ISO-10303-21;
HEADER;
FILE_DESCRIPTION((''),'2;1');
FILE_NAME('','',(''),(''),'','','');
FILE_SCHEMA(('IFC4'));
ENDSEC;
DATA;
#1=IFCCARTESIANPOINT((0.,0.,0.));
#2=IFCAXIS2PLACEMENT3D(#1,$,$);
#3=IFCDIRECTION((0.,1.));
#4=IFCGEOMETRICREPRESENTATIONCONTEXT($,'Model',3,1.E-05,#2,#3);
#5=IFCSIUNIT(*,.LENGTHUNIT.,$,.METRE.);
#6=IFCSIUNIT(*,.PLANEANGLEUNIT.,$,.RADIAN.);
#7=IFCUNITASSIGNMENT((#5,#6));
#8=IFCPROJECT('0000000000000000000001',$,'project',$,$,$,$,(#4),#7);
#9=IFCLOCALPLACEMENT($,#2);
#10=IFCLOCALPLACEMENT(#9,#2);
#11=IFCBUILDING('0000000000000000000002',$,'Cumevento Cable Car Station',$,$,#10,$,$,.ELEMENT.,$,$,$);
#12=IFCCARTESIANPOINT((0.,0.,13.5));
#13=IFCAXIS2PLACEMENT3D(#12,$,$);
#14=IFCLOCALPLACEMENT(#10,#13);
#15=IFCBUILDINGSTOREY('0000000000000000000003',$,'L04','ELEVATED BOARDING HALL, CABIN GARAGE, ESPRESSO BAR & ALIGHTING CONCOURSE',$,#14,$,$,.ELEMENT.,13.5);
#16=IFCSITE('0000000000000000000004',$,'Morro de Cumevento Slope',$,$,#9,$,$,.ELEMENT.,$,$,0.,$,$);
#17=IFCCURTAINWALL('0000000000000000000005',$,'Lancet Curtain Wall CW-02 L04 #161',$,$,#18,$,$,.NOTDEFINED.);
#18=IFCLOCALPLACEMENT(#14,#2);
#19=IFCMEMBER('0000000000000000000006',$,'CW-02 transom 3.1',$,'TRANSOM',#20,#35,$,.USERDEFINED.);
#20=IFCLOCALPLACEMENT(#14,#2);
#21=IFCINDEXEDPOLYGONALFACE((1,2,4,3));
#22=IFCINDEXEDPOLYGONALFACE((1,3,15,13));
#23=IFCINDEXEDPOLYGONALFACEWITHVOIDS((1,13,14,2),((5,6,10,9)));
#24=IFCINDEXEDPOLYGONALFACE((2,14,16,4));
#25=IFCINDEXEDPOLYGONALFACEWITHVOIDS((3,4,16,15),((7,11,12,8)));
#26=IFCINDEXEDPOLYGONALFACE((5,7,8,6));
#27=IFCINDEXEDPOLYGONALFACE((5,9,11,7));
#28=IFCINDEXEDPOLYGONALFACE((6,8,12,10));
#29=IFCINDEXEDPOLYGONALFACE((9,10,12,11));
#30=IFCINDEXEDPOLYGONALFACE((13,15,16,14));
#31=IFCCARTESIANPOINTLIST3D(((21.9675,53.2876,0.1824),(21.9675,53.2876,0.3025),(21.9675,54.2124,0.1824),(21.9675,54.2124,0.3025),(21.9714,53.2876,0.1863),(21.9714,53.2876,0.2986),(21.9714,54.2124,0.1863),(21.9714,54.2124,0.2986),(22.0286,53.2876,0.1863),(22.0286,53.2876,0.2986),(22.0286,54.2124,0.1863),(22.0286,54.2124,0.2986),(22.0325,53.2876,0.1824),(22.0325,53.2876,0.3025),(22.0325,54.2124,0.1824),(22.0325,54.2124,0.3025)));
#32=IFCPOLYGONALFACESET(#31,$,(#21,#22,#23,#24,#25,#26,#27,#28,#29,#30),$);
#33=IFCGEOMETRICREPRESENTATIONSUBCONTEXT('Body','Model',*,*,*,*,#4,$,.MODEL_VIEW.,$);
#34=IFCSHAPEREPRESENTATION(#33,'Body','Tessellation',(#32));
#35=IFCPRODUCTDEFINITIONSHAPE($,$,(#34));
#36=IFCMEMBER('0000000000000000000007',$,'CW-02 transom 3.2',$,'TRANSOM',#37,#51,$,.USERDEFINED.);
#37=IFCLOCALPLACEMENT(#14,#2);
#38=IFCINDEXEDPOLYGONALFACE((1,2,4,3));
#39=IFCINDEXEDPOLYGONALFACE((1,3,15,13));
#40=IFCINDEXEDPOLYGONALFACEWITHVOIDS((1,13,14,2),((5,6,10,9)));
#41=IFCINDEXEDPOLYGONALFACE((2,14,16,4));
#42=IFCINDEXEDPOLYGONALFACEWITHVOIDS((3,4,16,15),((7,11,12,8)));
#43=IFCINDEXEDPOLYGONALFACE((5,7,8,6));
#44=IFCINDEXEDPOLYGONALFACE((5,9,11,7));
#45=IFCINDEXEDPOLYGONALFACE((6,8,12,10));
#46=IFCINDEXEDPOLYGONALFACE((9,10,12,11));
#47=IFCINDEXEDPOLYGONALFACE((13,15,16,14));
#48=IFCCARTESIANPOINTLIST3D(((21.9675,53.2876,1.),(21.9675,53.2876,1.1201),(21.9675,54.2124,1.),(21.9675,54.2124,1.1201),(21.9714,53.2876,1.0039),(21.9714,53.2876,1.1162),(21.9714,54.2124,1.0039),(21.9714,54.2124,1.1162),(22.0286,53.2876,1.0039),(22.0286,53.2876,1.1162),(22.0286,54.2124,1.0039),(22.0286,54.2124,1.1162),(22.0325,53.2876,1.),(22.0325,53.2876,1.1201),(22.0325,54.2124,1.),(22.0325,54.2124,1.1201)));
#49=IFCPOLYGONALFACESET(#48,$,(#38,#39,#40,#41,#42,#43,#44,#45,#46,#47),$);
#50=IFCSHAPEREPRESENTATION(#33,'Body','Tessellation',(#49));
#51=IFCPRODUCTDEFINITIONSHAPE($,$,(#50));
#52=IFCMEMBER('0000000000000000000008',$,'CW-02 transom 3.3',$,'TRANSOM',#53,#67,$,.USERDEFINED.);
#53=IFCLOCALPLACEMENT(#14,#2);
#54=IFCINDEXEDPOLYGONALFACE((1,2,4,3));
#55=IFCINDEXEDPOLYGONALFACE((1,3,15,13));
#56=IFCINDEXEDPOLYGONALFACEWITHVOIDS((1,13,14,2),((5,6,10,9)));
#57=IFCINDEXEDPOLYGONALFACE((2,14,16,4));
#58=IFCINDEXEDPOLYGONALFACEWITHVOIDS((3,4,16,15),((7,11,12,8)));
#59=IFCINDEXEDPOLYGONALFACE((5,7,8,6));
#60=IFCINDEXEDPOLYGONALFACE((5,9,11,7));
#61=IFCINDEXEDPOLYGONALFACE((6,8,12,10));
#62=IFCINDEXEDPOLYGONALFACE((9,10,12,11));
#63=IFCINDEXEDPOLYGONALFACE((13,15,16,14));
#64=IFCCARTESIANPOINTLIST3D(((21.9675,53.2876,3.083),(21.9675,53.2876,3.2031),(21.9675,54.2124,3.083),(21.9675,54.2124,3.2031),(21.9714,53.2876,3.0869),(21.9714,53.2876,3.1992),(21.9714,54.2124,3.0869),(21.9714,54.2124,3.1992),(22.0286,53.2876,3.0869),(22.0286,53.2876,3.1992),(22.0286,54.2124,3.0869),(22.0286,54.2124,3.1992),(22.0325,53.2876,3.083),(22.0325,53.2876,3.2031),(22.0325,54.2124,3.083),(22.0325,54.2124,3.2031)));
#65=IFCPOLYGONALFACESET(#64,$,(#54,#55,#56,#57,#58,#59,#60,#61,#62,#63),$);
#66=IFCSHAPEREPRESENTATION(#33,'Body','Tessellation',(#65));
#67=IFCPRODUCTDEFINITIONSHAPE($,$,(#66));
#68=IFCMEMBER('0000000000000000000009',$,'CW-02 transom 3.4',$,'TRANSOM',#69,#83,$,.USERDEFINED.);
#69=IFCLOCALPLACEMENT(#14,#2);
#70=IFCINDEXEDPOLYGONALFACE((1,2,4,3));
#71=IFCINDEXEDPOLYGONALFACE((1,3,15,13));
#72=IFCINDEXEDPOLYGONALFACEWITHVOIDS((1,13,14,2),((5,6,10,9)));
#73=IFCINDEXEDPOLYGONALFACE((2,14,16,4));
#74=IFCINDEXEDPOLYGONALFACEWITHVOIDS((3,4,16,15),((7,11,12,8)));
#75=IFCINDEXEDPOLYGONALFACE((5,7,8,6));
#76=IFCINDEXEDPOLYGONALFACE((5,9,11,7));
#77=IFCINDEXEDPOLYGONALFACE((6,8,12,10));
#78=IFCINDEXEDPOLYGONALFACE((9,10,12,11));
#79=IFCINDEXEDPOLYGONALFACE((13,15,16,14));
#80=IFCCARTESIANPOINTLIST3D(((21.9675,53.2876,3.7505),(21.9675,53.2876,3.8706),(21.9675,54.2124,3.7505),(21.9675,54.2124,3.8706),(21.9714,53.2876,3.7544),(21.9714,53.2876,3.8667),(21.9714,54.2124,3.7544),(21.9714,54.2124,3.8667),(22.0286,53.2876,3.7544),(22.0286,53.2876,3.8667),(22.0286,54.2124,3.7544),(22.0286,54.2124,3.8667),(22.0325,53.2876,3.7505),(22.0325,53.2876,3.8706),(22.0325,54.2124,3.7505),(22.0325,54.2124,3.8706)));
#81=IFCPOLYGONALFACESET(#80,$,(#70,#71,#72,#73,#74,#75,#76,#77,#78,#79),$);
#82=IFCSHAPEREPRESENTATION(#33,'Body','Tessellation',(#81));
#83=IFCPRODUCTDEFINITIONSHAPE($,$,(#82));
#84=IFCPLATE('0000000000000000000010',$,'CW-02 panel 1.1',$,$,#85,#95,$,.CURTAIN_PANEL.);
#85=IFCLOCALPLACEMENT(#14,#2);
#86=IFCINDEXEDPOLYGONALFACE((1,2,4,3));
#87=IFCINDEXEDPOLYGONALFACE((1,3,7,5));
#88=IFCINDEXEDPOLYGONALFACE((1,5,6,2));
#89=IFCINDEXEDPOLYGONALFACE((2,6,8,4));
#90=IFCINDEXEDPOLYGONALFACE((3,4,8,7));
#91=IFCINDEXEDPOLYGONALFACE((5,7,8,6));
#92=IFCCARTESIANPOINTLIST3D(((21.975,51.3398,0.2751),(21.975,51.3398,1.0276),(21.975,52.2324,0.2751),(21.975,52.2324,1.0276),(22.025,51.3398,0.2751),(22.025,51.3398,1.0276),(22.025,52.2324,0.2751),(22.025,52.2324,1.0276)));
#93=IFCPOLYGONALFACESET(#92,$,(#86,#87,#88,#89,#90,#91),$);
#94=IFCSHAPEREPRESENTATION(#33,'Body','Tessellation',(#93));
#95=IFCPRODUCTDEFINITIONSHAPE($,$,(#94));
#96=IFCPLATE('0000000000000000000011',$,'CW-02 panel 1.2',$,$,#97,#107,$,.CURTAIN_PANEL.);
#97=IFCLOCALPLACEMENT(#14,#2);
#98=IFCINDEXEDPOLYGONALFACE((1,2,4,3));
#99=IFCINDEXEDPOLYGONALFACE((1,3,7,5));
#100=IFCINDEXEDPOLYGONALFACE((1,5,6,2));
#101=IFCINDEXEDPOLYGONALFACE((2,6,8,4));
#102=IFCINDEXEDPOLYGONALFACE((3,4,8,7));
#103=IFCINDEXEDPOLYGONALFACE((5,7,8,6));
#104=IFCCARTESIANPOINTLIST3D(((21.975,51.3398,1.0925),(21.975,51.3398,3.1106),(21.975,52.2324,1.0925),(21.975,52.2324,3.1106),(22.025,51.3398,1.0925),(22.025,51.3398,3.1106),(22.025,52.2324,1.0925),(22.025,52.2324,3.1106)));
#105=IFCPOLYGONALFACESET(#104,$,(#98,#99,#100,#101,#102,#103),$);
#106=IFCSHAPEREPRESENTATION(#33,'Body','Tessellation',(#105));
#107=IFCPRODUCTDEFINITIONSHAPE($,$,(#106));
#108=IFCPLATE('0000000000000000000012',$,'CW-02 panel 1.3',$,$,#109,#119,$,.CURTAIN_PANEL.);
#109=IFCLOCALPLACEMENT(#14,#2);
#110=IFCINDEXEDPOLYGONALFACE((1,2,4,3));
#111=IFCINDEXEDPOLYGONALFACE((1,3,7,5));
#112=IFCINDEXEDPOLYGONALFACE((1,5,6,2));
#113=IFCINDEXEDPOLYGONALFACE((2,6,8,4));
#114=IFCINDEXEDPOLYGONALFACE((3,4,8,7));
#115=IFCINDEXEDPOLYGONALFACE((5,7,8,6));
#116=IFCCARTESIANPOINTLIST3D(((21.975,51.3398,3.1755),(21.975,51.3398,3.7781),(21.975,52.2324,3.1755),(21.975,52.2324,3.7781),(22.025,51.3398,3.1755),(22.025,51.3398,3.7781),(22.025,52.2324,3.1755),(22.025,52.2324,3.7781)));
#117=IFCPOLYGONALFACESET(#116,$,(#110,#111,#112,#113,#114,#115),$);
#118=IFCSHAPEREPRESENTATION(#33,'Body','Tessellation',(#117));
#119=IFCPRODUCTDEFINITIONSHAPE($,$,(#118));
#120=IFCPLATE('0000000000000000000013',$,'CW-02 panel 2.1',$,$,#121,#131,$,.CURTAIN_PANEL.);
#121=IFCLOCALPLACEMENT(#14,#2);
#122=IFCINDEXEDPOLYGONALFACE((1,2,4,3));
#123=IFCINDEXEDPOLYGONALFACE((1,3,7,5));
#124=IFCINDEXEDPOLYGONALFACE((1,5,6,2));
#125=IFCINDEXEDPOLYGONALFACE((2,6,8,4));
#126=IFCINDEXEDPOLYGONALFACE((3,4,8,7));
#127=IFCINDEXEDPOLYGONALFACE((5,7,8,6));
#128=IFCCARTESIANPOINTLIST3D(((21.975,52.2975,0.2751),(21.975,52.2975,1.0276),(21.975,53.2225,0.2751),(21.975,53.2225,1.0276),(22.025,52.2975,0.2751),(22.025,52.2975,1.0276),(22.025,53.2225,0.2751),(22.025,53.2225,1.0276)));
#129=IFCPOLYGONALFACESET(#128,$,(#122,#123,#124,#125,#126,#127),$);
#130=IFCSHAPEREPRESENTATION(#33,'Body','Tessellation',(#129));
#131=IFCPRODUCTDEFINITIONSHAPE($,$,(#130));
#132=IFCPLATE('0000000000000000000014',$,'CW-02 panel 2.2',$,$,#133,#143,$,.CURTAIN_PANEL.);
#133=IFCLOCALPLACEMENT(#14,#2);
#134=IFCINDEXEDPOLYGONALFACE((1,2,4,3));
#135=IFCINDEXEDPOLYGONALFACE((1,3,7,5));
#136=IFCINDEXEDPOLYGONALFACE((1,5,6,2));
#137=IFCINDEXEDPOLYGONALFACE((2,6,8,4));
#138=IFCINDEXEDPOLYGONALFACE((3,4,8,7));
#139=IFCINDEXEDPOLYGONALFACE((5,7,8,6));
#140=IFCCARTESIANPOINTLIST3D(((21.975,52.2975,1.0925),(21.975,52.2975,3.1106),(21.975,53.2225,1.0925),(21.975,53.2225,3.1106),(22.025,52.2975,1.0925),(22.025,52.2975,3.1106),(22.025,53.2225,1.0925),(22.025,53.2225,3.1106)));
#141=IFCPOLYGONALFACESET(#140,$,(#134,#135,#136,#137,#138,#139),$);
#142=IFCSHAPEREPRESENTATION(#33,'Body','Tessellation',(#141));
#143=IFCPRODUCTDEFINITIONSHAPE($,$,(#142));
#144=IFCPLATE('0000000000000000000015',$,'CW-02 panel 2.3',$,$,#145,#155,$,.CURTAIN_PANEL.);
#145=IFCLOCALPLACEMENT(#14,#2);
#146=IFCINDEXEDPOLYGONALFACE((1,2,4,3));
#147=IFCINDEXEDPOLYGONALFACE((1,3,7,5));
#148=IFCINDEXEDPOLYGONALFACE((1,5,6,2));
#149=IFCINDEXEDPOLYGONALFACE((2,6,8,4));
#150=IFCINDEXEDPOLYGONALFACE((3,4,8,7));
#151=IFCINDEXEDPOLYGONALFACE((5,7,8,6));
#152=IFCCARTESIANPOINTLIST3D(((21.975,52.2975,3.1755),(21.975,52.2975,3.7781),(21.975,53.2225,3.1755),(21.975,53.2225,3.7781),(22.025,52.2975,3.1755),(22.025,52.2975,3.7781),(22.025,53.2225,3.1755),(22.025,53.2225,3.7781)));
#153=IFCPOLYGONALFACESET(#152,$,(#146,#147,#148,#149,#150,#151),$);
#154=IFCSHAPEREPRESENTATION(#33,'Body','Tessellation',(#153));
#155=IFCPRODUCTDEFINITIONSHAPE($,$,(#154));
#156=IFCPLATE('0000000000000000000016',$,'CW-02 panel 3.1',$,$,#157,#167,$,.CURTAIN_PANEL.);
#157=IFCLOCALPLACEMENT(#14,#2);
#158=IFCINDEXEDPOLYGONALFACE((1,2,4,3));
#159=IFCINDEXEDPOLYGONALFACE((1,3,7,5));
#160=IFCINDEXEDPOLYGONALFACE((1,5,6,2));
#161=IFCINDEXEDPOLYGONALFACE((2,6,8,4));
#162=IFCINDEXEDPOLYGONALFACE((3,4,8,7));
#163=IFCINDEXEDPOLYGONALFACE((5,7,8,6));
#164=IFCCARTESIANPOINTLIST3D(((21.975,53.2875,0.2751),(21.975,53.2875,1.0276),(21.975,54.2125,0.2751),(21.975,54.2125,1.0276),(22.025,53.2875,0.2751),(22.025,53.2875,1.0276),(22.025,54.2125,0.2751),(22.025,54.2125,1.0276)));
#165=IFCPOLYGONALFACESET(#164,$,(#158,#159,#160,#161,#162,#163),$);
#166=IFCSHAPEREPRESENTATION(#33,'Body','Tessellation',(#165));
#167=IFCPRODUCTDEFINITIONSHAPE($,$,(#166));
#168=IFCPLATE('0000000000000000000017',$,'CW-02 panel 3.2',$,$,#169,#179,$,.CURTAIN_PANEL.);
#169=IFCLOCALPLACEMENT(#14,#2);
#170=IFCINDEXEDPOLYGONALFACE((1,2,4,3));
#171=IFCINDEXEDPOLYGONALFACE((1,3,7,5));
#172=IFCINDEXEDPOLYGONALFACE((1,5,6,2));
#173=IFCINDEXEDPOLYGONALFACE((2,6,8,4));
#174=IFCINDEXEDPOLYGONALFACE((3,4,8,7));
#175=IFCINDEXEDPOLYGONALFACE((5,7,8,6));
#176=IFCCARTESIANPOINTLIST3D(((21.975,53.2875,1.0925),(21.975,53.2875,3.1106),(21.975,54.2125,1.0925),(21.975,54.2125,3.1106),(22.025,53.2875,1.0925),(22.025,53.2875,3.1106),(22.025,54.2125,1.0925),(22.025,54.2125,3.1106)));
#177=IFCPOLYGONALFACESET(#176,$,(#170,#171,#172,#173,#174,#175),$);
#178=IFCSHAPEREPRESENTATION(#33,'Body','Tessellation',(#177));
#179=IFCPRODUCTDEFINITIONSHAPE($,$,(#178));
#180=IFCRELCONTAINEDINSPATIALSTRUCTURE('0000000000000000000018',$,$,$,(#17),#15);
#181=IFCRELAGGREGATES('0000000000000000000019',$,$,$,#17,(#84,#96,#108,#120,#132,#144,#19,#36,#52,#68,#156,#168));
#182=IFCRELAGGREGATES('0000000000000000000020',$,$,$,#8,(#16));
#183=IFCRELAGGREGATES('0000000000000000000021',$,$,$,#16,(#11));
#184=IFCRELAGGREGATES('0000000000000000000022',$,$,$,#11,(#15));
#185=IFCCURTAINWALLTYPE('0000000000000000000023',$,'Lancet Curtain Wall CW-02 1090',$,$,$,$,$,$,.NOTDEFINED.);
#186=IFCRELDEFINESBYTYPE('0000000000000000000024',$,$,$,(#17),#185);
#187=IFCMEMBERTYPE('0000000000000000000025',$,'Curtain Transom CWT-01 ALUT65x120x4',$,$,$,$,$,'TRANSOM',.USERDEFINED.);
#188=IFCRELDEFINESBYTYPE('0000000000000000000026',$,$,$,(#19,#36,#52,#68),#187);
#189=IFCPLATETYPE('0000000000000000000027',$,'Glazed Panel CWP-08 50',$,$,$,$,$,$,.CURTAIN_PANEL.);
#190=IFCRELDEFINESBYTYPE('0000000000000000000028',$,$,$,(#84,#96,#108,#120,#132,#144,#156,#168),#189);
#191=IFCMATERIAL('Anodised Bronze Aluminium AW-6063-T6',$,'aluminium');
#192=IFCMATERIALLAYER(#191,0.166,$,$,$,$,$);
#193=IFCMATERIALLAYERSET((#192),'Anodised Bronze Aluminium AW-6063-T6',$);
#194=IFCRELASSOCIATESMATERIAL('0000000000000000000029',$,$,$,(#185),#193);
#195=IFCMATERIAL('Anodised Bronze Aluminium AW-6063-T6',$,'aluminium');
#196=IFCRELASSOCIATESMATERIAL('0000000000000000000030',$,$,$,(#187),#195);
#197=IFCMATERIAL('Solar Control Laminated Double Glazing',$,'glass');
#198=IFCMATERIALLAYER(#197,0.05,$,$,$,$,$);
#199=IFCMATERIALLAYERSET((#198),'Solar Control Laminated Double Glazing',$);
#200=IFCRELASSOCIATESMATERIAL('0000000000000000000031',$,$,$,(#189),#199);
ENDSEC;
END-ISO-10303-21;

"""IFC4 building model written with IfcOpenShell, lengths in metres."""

from ifc_helpers import new_model, si_unit, direction, frame, origin, origin_2d, place, context, subcontext, project, spatial, rectangle, hollow_rectangle, extrude, material, layer, layer_set, material_profile, profile_set, type_object, element, aggregate, save


model = new_model("IFC4")

# Units and contexts
model_context = context("Model", 3, precision=1e-05, world=origin(), true_north=direction((0.0, 1.0)))
body_context = subcontext(model_context, "Body", "Model", "MODEL_VIEW")
ifc_project = project(units=[si_unit("LENGTHUNIT", "METRE"), si_unit("PLANEANGLEUNIT", "RADIAN")], contexts=[model_context])

# Site, building, storey
site_placement = place(None, origin())
site = spatial("IfcSite", under=ifc_project, at=site_placement, Name="Morro de Cumevento Slope", CompositionType="ELEMENT", RefElevation=0.0)
building_placement = place(site_placement, origin())
building = spatial("IfcBuilding", under=site, at=building_placement, Name="Cumevento Cable Car Station", CompositionType="ELEMENT")
storey_placement = place(building_placement, frame((0.0, 0.0, 13.5)))
storey = spatial("IfcBuildingStorey", under=building, at=storey_placement, Name="L04", Description="ELEVATED BOARDING HALL, CABIN GARAGE, ESPRESSO BAR & ALIGHTING CONCOURSE", CompositionType="ELEMENT", Elevation=13.5)

# Curtain wall, members, plates
ifc_material_1 = material(Name="Anodised Bronze Aluminium AW-6063-T6", Category="aluminium")
ifc_layer_1 = layer(ifc_material_1, 0.166)
ifc_layer_set_1 = layer_set([ifc_layer_1], Name="Anodised Bronze Aluminium AW-6063-T6")
curtain_wall_type = type_object("IfcCurtainWallType", Name="Lancet Curtain Wall CW-02 1090", PredefinedType="NOTDEFINED", material=ifc_layer_set_1)
curtain_wall_placement = place(storey_placement, origin())
curtain_wall = element("IfcCurtainWall", 1, at=curtain_wall_placement, inside=storey, type_object=curtain_wall_type, Name="Lancet Curtain Wall CW-02 L04 #161", PredefinedType="NOTDEFINED")
ifc_material_2 = material(Name="Anodised Bronze Aluminium AW-6063-T6", Category="aluminium")
ifc_material_profile_1 = material_profile(ifc_material_2, hollow_rectangle(XDim=0.0649, YDim=0.1201, WallThickness=0.0039, at=origin_2d()), Name="ALUT65x120x4")
ifc_profile_set_1 = profile_set([ifc_material_profile_1], Name="Anodised Bronze Aluminium AW-6063-T6")
member_type_1 = type_object("IfcMemberType", Name="Curtain Transom CWT-01 ALUT65x120x4", ElementType="TRANSOM", PredefinedType="USERDEFINED", material=ifc_profile_set_1)
member_1_placement = place(storey_placement, frame((22.0, 53.2876, 0.2424), z_axis=(0.0, 1.0, 0.0), x_axis=(-1.0, 0.0, 0.0)))
member_1 = element("IfcMember", 2, at=member_1_placement, type_object=member_type_1, Name="CW-02 transom 3.1", ObjectType="TRANSOM", PredefinedType="USERDEFINED", context=body_context, shape_type="SweptSolid", body=[
    extrude(hollow_rectangle(XDim=0.0649, YDim=0.1201, WallThickness=0.0039, at=origin_2d()), origin(), (0.0, 0.0, 1.0), 0.9248),
])
member_2_placement = place(storey_placement, frame((22.0, 53.2876, 1.0601), z_axis=(0.0, 1.0, 0.0), x_axis=(-1.0, 0.0, 0.0)))
member_2 = element("IfcMember", 3, at=member_2_placement, type_object=member_type_1, Name="CW-02 transom 3.2", ObjectType="TRANSOM", PredefinedType="USERDEFINED", context=body_context, shape_type="SweptSolid", body=[
    extrude(hollow_rectangle(XDim=0.0649, YDim=0.1201, WallThickness=0.0039, at=origin_2d()), origin(), (0.0, 0.0, 1.0), 0.9248),
])
member_3_placement = place(storey_placement, frame((22.0, 53.2876, 3.1431), z_axis=(0.0, 1.0, 0.0), x_axis=(-1.0, 0.0, 0.0)))
member_3 = element("IfcMember", 4, at=member_3_placement, type_object=member_type_1, Name="CW-02 transom 3.3", ObjectType="TRANSOM", PredefinedType="USERDEFINED", context=body_context, shape_type="SweptSolid", body=[
    extrude(hollow_rectangle(XDim=0.0649, YDim=0.1201, WallThickness=0.0039, at=origin_2d()), origin(), (0.0, 0.0, 1.0), 0.9248),
])
member_4_placement = place(storey_placement, frame((22.0, 53.2876, 3.8105), z_axis=(0.0, 1.0, 0.0), x_axis=(-1.0, 0.0, 0.0)))
member_4 = element("IfcMember", 5, at=member_4_placement, type_object=member_type_1, Name="CW-02 transom 3.4", ObjectType="TRANSOM", PredefinedType="USERDEFINED", context=body_context, shape_type="SweptSolid", body=[
    extrude(hollow_rectangle(XDim=0.0649, YDim=0.1201, WallThickness=0.0039, at=origin_2d()), origin(), (0.0, 0.0, 1.0), 0.9248),
])
ifc_material_3 = material(Name="Solar Control Laminated Double Glazing", Category="glass")
ifc_layer_2 = layer(ifc_material_3, 0.05)
ifc_layer_set_2 = layer_set([ifc_layer_2], Name="Solar Control Laminated Double Glazing")
plate_type = type_object("IfcPlateType", Name="Glazed Panel CWP-08 50", PredefinedType="CURTAIN_PANEL", material=ifc_layer_set_2)
plate_1_placement = place(storey_placement, frame((22.0, 51.7861, 0.2751), z_axis=(0.0, 0.0, 1.0), x_axis=(0.0, 1.0, 0.0)))
plate_1 = element("IfcPlate", 6, at=plate_1_placement, type_object=plate_type, Name="CW-02 panel 1.1", PredefinedType="CURTAIN_PANEL", context=body_context, shape_type="SweptSolid", body=[
    extrude(rectangle(XDim=0.8926, YDim=0.05, at=origin_2d()), origin(), (0.0, 0.0, 1.0), 0.7524),
])
plate_2_placement = place(storey_placement, frame((22.0, 51.7861, 1.0925), z_axis=(0.0, 0.0, 1.0), x_axis=(0.0, 1.0, 0.0)))
plate_2 = element("IfcPlate", 7, at=plate_2_placement, type_object=plate_type, Name="CW-02 panel 1.2", PredefinedType="CURTAIN_PANEL", context=body_context, shape_type="SweptSolid", body=[
    extrude(rectangle(XDim=0.8926, YDim=0.05, at=origin_2d()), origin(), (0.0, 0.0, 1.0), 2.0181),
])
plate_3_placement = place(storey_placement, frame((22.0, 51.7861, 3.1755), z_axis=(0.0, 0.0, 1.0), x_axis=(0.0, 1.0, 0.0)))
plate_3 = element("IfcPlate", 8, at=plate_3_placement, type_object=plate_type, Name="CW-02 panel 1.3", PredefinedType="CURTAIN_PANEL", context=body_context, shape_type="SweptSolid", body=[
    extrude(rectangle(XDim=0.8926, YDim=0.05, at=origin_2d()), origin(), (0.0, 0.0, 1.0), 0.6025),
])
plate_4_placement = place(storey_placement, frame((22.0, 52.76, 0.2751), z_axis=(0.0, 0.0, 1.0), x_axis=(0.0, 1.0, 0.0)))
plate_4 = element("IfcPlate", 9, at=plate_4_placement, type_object=plate_type, Name="CW-02 panel 2.1", PredefinedType="CURTAIN_PANEL", context=body_context, shape_type="SweptSolid", body=[
    extrude(rectangle(XDim=0.925, YDim=0.05, at=origin_2d()), origin(), (0.0, 0.0, 1.0), 0.7524),
])
plate_5_placement = place(storey_placement, frame((22.0, 52.76, 1.0925), z_axis=(0.0, 0.0, 1.0), x_axis=(0.0, 1.0, 0.0)))
plate_5 = element("IfcPlate", 10, at=plate_5_placement, type_object=plate_type, Name="CW-02 panel 2.2", PredefinedType="CURTAIN_PANEL", context=body_context, shape_type="SweptSolid", body=[
    extrude(rectangle(XDim=0.925, YDim=0.05, at=origin_2d()), origin(), (0.0, 0.0, 1.0), 2.0181),
])
plate_6_placement = place(storey_placement, frame((22.0, 52.76, 3.1755), z_axis=(0.0, 0.0, 1.0), x_axis=(0.0, 1.0, 0.0)))
plate_6 = element("IfcPlate", 11, at=plate_6_placement, type_object=plate_type, Name="CW-02 panel 2.3", PredefinedType="CURTAIN_PANEL", context=body_context, shape_type="SweptSolid", body=[
    extrude(rectangle(XDim=0.925, YDim=0.05, at=origin_2d()), origin(), (0.0, 0.0, 1.0), 0.6025),
])
plate_7_placement = place(storey_placement, frame((22.0, 53.75, 0.2751), z_axis=(0.0, 0.0, 1.0), x_axis=(0.0, 1.0, 0.0)))
plate_7 = element("IfcPlate", 12, at=plate_7_placement, type_object=plate_type, Name="CW-02 panel 3.1", PredefinedType="CURTAIN_PANEL", context=body_context, shape_type="SweptSolid", body=[
    extrude(rectangle(XDim=0.925, YDim=0.05, at=origin_2d()), origin(), (0.0, 0.0, 1.0), 0.7524),
])
plate_8_placement = place(storey_placement, frame((22.0, 53.75, 1.0925), z_axis=(0.0, 0.0, 1.0), x_axis=(0.0, 1.0, 0.0)))
plate_8 = element("IfcPlate", 13, at=plate_8_placement, type_object=plate_type, Name="CW-02 panel 3.2", PredefinedType="CURTAIN_PANEL", context=body_context, shape_type="SweptSolid", body=[
    extrude(rectangle(XDim=0.925, YDim=0.05, at=origin_2d()), origin(), (0.0, 0.0, 1.0), 2.0181),
])
aggregate(curtain_wall, [plate_1, plate_2, plate_3, plate_4, plate_5, plate_6, member_1, member_2, member_3, member_4, plate_7, plate_8])

save(model, "model.ifc")
